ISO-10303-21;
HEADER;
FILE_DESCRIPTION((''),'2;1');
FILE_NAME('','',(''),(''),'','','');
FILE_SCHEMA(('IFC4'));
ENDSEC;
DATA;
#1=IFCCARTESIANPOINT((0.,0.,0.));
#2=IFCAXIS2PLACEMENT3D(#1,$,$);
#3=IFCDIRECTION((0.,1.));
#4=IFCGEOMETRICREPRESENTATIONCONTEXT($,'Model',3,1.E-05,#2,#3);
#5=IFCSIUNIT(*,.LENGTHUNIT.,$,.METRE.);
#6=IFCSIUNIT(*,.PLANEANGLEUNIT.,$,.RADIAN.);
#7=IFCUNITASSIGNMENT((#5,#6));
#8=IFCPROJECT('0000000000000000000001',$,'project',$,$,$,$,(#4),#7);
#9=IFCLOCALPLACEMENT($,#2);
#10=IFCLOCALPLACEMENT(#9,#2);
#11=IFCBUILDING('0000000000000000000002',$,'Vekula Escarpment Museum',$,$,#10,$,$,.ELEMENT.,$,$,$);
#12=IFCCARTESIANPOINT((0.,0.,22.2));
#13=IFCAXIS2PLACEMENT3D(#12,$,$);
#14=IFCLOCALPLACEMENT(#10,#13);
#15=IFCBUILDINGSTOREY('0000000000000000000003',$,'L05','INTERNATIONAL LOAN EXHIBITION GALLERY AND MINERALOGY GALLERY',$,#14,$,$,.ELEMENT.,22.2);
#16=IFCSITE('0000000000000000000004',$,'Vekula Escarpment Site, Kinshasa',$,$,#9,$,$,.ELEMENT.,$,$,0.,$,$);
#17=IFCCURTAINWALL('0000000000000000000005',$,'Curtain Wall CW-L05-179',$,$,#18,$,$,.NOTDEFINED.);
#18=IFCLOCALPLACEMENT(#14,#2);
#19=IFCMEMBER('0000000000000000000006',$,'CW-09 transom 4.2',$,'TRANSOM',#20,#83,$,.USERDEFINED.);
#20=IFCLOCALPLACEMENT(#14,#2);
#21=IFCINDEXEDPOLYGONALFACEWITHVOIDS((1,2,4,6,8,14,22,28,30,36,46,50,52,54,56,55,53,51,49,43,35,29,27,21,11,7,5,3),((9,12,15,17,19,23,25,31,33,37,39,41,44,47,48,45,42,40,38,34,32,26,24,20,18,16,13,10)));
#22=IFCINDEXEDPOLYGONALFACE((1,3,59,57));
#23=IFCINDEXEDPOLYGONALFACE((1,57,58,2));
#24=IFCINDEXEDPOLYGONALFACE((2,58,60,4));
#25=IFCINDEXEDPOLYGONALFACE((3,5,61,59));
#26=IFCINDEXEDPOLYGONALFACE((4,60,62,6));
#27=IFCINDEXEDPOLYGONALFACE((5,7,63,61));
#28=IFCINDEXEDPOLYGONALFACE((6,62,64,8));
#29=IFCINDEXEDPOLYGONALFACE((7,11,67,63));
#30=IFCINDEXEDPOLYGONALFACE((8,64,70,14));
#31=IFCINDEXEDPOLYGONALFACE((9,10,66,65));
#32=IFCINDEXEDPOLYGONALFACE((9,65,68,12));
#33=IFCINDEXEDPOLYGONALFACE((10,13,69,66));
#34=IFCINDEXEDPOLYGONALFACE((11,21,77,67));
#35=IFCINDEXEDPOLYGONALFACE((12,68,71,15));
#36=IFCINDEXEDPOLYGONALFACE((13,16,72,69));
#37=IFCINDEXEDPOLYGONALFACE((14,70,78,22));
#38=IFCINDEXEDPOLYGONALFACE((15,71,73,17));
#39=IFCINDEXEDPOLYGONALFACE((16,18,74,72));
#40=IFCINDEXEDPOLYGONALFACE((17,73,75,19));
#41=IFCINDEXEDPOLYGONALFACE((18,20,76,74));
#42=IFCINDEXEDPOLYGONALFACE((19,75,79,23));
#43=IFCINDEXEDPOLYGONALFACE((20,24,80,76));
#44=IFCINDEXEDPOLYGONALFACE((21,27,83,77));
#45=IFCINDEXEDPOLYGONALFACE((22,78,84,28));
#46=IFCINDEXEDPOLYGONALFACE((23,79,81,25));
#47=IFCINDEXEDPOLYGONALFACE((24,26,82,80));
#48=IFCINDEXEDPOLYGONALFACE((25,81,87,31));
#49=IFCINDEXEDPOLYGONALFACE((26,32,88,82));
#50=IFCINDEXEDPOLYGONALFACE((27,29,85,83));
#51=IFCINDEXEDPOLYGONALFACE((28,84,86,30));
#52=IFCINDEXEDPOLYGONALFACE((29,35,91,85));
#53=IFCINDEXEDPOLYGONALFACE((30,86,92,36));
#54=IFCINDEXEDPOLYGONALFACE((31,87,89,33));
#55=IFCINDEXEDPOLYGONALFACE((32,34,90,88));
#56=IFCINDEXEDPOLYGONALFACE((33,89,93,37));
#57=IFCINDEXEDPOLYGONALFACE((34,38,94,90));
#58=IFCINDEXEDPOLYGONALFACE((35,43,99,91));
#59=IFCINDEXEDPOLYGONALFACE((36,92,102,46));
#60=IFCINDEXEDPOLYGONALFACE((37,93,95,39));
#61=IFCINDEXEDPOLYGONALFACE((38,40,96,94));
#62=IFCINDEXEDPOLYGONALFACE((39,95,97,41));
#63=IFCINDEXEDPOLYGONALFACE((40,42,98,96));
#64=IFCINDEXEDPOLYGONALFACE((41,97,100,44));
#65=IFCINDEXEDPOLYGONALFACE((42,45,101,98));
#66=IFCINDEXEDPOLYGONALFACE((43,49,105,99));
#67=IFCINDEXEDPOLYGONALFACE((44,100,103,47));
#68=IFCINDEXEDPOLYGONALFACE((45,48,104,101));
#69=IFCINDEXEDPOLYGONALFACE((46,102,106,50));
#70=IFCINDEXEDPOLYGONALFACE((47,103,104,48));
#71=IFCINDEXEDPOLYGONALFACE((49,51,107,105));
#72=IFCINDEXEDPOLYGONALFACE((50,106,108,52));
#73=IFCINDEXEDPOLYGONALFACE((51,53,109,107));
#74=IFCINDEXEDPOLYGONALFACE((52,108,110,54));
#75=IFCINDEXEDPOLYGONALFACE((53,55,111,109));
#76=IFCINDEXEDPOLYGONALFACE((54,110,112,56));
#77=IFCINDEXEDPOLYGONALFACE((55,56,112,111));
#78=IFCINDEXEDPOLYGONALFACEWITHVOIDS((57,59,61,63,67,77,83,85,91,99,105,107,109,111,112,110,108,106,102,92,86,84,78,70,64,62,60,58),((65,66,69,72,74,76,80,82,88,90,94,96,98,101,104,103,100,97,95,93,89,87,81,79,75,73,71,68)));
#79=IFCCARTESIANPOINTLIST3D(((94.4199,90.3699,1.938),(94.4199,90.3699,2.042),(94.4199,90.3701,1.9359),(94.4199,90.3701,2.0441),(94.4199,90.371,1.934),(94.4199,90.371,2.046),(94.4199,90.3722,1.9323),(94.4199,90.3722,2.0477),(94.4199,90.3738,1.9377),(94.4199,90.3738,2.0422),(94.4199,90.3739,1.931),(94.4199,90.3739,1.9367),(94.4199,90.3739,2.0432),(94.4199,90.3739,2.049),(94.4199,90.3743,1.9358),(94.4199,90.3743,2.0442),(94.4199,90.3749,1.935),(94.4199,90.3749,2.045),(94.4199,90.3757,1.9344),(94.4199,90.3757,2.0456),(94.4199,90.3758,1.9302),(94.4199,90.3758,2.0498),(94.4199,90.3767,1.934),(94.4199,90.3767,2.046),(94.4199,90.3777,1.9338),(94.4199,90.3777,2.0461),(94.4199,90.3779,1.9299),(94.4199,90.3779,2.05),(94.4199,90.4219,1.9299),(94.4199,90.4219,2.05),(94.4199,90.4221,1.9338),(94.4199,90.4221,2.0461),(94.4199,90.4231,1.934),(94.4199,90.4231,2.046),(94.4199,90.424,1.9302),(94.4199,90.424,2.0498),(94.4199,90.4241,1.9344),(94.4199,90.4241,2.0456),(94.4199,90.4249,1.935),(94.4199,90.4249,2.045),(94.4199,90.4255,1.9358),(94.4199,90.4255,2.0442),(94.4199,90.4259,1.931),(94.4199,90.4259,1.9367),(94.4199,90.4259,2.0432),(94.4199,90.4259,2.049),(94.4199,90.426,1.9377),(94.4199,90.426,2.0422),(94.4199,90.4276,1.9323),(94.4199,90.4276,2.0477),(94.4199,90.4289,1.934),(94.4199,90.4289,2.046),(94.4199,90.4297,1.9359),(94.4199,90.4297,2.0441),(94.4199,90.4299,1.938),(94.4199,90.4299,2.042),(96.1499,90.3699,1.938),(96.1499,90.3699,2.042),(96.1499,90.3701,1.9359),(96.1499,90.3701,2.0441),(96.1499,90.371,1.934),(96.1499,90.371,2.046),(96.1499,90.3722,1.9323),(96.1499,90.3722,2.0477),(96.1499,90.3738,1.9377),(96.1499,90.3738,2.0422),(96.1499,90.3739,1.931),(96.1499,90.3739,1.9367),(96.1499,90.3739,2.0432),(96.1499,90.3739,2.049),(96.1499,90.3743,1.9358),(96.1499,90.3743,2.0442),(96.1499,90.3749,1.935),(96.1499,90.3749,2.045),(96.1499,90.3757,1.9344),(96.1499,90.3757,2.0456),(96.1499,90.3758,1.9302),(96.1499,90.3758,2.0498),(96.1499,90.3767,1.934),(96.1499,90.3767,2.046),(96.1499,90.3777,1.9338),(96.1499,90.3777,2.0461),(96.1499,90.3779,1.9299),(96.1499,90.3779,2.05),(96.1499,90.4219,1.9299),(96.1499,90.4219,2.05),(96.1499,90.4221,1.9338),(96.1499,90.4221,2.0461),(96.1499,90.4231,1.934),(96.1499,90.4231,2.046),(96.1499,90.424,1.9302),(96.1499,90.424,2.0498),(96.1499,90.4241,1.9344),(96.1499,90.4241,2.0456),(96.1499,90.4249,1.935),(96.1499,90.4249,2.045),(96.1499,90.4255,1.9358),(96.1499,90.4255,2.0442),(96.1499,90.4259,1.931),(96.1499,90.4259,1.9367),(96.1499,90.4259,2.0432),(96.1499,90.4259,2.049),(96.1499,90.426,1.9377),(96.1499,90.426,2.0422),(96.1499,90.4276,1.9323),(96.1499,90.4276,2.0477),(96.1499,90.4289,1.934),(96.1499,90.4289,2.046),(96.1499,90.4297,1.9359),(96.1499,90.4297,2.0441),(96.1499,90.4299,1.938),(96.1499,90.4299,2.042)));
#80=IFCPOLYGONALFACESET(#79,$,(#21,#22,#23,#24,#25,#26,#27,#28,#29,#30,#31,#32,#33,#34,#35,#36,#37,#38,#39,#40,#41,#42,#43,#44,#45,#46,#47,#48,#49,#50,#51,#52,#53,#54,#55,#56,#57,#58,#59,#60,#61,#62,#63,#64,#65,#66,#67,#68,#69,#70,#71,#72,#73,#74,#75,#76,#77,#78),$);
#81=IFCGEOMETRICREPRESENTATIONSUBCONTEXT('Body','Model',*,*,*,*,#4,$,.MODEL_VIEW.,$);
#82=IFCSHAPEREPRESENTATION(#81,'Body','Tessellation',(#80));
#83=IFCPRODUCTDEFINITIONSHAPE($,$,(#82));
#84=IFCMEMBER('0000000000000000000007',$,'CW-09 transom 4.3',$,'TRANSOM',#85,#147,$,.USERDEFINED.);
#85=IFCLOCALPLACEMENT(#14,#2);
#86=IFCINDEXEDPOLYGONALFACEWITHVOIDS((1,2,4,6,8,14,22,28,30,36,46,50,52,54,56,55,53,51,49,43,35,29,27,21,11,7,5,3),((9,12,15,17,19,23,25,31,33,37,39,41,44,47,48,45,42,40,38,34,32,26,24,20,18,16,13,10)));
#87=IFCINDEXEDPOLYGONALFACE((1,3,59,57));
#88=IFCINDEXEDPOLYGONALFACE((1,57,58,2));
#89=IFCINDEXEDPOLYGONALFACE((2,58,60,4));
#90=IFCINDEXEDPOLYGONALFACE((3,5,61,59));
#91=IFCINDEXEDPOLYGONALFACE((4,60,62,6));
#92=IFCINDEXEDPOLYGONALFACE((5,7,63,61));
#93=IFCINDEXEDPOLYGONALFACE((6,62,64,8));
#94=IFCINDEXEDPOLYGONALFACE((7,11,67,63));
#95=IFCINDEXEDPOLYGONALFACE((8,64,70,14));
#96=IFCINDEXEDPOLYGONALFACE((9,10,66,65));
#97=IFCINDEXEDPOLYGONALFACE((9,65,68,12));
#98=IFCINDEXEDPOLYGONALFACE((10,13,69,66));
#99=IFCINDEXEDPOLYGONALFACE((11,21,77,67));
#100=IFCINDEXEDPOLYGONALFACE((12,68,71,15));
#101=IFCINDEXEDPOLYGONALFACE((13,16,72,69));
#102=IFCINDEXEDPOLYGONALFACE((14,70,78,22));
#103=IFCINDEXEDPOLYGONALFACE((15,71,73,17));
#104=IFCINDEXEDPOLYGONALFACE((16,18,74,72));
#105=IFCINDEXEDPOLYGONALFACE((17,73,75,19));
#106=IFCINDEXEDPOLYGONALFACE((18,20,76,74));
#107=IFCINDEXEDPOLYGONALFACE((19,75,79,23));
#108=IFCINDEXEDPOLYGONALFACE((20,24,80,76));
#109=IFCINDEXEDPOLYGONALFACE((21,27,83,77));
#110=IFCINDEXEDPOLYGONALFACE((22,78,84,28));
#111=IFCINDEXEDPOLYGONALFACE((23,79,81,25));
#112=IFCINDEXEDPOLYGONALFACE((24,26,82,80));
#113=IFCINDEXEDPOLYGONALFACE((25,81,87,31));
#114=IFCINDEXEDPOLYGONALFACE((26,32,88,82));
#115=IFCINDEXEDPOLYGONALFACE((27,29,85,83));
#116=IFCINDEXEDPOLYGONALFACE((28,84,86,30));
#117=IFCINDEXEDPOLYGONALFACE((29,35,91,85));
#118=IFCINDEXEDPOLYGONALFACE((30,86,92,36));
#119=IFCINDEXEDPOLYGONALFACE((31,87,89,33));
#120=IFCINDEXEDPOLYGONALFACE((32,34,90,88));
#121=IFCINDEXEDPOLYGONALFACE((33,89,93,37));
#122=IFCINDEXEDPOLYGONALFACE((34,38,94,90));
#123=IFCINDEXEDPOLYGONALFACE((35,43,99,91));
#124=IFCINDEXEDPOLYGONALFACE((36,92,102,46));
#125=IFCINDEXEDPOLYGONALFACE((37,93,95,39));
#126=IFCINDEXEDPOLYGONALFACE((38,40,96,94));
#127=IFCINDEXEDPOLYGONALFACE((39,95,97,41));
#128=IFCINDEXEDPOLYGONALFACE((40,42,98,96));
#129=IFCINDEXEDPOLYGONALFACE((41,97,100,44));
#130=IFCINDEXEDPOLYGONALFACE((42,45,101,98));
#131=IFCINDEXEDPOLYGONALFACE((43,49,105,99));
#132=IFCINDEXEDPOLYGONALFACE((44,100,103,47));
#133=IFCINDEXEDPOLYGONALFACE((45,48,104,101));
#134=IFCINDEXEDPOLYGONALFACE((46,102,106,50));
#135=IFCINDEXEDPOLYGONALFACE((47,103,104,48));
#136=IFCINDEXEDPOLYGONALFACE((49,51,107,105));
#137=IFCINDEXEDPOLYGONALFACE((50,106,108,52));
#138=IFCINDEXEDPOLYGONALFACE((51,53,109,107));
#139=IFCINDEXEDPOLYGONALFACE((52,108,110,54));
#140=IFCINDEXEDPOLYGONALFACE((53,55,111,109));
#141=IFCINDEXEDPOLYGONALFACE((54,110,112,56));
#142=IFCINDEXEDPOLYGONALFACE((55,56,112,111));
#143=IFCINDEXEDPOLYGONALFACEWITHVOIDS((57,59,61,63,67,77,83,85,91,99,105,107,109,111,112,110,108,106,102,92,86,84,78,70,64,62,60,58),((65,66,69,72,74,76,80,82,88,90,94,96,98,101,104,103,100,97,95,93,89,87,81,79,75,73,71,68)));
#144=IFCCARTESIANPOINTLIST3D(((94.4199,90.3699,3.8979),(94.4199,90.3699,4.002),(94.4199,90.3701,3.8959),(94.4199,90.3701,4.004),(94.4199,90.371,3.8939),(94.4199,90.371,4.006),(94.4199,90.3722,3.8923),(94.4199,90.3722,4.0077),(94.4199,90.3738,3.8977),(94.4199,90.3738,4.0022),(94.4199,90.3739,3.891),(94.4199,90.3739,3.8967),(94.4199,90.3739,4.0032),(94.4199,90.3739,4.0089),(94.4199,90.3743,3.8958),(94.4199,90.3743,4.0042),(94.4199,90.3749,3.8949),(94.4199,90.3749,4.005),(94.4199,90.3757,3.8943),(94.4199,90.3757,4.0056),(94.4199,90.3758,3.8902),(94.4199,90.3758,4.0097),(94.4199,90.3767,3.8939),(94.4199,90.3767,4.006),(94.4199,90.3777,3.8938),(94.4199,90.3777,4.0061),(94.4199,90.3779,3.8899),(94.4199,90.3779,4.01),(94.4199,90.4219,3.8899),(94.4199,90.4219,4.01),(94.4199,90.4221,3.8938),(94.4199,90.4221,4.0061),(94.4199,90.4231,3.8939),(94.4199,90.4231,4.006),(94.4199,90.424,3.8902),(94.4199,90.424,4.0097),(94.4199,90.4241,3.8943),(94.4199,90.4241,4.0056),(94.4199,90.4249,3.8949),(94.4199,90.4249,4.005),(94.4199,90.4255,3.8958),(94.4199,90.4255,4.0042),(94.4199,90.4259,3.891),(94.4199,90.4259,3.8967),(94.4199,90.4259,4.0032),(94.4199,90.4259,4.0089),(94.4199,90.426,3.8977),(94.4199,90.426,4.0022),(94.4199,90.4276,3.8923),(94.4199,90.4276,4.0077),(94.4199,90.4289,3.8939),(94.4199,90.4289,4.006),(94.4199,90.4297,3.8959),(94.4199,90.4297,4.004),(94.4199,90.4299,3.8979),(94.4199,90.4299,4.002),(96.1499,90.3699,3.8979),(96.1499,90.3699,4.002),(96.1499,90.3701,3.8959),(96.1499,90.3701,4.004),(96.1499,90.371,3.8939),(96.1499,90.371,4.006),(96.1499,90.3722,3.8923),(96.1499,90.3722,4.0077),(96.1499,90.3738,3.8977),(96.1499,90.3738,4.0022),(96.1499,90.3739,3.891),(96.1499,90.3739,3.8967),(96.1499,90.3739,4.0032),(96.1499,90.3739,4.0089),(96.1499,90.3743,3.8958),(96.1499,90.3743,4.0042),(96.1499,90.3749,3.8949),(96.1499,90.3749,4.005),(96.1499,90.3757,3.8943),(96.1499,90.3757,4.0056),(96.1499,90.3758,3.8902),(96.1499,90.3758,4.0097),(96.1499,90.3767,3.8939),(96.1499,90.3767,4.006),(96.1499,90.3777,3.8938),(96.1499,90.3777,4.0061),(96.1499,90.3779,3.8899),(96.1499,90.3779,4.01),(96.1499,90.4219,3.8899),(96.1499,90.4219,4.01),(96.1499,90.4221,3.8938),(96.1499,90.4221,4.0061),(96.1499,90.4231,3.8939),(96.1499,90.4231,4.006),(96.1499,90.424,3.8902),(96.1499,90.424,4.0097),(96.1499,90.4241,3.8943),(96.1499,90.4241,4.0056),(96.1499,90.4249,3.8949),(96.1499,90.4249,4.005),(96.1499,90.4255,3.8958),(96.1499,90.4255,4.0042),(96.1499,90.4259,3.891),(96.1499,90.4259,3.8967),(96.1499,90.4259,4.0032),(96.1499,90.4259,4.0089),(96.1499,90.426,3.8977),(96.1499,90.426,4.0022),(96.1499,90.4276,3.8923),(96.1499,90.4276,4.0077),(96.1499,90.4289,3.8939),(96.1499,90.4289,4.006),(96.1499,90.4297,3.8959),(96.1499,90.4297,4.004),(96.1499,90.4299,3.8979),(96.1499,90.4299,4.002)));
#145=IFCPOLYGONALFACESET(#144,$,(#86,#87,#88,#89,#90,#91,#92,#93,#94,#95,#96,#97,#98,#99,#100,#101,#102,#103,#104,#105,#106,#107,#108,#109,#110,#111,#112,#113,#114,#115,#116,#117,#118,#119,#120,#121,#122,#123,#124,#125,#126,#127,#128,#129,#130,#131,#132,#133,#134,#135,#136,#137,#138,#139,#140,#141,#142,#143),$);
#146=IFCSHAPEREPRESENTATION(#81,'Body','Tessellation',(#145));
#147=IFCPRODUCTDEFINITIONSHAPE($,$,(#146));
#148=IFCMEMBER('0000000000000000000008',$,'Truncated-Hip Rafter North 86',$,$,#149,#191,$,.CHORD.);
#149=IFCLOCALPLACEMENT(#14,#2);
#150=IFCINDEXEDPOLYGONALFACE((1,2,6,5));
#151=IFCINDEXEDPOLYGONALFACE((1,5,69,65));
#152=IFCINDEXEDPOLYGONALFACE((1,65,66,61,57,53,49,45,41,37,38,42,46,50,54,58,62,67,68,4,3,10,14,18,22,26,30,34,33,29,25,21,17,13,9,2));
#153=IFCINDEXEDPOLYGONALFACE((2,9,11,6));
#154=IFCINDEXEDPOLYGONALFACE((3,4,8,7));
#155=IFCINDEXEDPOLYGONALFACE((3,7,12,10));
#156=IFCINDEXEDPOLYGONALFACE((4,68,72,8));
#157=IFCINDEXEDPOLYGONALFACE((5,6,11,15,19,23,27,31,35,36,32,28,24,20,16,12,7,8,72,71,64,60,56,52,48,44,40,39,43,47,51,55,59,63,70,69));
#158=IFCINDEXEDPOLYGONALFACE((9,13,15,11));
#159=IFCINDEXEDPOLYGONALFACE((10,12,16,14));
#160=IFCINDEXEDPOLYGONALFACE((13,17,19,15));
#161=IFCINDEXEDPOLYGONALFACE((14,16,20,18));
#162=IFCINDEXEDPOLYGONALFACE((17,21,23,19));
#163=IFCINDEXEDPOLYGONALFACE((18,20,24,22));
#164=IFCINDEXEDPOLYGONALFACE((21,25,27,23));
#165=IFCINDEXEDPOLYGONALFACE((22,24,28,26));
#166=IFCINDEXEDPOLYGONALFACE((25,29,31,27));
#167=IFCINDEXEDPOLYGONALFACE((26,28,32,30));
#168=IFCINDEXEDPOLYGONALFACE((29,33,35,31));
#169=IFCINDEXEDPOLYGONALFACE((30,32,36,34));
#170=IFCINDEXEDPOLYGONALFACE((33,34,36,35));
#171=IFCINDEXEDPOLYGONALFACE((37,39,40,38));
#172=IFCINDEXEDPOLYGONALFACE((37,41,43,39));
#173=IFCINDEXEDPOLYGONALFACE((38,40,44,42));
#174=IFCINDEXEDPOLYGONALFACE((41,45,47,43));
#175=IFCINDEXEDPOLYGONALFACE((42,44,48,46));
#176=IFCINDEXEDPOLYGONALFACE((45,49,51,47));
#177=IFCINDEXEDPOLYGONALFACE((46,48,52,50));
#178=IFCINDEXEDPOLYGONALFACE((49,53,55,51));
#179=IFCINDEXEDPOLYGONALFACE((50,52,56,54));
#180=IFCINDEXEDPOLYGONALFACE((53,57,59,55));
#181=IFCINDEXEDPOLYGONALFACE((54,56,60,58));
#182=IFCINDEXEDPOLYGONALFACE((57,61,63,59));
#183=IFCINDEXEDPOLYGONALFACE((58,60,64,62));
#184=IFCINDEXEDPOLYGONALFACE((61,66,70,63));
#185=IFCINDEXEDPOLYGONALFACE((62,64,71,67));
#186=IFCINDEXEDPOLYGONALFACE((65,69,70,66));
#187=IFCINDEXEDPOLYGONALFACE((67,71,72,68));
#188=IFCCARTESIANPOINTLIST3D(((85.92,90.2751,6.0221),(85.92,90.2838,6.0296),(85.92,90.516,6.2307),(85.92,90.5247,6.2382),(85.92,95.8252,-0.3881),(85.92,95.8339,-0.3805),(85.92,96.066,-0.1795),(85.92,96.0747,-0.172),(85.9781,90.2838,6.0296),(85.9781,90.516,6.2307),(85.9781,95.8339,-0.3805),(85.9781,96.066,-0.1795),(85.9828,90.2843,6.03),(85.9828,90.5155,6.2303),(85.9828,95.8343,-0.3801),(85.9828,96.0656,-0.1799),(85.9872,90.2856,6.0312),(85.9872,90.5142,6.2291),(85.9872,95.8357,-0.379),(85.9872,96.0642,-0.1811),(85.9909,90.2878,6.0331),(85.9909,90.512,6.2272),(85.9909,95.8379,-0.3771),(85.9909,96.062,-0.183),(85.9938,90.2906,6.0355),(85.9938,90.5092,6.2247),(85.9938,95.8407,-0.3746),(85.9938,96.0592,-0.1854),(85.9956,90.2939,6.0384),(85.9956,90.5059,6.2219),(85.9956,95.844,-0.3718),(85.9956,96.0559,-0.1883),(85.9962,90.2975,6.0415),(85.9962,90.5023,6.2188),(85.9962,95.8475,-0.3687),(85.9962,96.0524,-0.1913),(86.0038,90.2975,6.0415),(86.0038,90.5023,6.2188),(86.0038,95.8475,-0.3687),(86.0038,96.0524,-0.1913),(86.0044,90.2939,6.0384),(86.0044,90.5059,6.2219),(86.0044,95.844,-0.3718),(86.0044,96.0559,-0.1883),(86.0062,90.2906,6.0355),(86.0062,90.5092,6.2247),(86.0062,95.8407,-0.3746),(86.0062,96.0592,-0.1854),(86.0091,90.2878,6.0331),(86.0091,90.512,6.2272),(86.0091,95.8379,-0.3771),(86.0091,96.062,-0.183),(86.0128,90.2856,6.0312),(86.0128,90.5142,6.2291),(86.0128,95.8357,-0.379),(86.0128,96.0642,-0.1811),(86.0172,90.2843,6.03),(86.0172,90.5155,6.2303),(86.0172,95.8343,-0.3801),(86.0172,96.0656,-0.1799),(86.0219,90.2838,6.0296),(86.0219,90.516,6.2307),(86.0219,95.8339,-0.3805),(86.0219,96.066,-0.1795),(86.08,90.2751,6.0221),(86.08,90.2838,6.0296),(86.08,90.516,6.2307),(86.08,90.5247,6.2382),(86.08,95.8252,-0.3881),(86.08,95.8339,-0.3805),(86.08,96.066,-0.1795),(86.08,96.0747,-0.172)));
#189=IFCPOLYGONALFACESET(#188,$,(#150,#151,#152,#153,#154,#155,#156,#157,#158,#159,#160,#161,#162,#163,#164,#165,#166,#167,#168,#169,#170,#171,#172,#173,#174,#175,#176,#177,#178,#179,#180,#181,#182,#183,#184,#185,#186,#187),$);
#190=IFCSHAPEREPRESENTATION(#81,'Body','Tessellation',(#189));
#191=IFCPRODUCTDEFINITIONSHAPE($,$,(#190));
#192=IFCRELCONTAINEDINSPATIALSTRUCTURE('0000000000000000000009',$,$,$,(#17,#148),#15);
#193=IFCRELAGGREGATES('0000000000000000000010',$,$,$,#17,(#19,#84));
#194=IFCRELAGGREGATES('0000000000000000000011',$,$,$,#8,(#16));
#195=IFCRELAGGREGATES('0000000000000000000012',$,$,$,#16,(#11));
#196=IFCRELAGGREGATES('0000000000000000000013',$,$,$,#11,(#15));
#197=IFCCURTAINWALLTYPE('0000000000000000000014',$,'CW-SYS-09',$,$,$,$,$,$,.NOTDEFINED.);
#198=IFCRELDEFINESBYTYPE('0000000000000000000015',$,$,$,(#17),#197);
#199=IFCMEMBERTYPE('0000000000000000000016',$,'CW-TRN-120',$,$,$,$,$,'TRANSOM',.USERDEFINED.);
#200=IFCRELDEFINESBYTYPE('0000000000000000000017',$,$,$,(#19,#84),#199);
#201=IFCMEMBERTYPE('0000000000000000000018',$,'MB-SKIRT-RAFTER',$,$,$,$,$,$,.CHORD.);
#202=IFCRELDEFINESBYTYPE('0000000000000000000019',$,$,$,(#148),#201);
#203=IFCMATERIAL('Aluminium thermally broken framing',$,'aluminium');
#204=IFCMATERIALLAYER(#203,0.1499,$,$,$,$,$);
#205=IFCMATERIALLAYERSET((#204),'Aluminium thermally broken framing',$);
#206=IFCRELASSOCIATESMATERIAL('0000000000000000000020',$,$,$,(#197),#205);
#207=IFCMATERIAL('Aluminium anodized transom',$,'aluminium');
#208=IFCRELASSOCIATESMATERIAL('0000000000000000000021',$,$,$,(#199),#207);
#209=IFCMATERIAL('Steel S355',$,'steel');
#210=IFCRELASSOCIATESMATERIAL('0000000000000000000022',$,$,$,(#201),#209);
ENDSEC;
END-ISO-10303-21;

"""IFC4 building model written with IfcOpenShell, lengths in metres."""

from ifc_helpers import new_model, si_unit, direction, frame, origin, origin_2d, place, context, subcontext, project, spatial, hollow_rectangle, i_section, extrude, material, layer, layer_set, material_profile, profile_set, type_object, element, aggregate, save


model = new_model("IFC4")

# Units and contexts
model_context = context("Model", 3, precision=1e-05, world=origin(), true_north=direction((0.0, 1.0)))
body_context = subcontext(model_context, "Body", "Model", "MODEL_VIEW")
ifc_project = project(units=[si_unit("LENGTHUNIT", "METRE"), si_unit("PLANEANGLEUNIT", "RADIAN")], contexts=[model_context])

# Site, building, storey
site_placement = place(None, origin())
site = spatial("IfcSite", under=ifc_project, at=site_placement, Name="Vekula Escarpment Site, Kinshasa", CompositionType="ELEMENT", RefElevation=0.0)
building_placement = place(site_placement, origin())
building = spatial("IfcBuilding", under=site, at=building_placement, Name="Vekula Escarpment Museum", CompositionType="ELEMENT")
storey_placement = place(building_placement, frame((0.0, 0.0, 22.2)))
storey = spatial("IfcBuildingStorey", under=building, at=storey_placement, Name="L05", Description="INTERNATIONAL LOAN EXHIBITION GALLERY AND MINERALOGY GALLERY", CompositionType="ELEMENT", Elevation=22.2)

# Curtain wall
ifc_material_1 = material(Name="Aluminium thermally broken framing", Category="aluminium")
ifc_layer_1 = layer(ifc_material_1, 0.1499)
ifc_layer_set_1 = layer_set([ifc_layer_1], Name="Aluminium thermally broken framing")
curtain_wall_type_1 = type_object("IfcCurtainWallType", Name="CW-SYS-09", PredefinedType="NOTDEFINED", material=ifc_layer_set_1)
curtain_wall_1_placement = place(storey_placement, origin())
curtain_wall_1 = element("IfcCurtainWall", 1, at=curtain_wall_1_placement, inside=storey, type_object=curtain_wall_type_1, Name="Curtain Wall CW-L05-179", PredefinedType="NOTDEFINED")

# Members
ifc_material_2 = material(Name="Aluminium anodized transom", Category="aluminium")
ifc_material_profile_1 = material_profile(ifc_material_2, hollow_rectangle(XDim=0.0601, YDim=0.1201, WallThickness=0.0039, InnerFilletRadius=0.0039, OuterFilletRadius=0.0081, at=origin_2d()), Name="ALU 120x60x4")
ifc_profile_set_1 = profile_set([ifc_material_profile_1], Name="Aluminium anodized transom")
member_type_1 = type_object("IfcMemberType", Name="CW-TRN-120", ElementType="TRANSOM", PredefinedType="USERDEFINED", material=ifc_profile_set_1)
member_1_placement = place(storey_placement, frame((96.1499, 90.3999, 1.99), z_axis=(-1.0, 0.0, 0.0), x_axis=(0.0, -1.0, 0.0)))
member_1 = element("IfcMember", 2, at=member_1_placement, type_object=member_type_1, Name="CW-09 transom 4.2", ObjectType="TRANSOM", PredefinedType="USERDEFINED", context=body_context, shape_type="SweptSolid", body=[
    extrude(hollow_rectangle(XDim=0.0601, YDim=0.1201, WallThickness=0.0039, InnerFilletRadius=0.0039, OuterFilletRadius=0.0081, at=origin_2d()), origin(), (0.0, 0.0, 1.0), 1.73),
])
member_2_placement = place(storey_placement, frame((96.1499, 90.3999, 3.95), z_axis=(-1.0, 0.0, 0.0), x_axis=(0.0, -1.0, 0.0)))
member_2 = element("IfcMember", 3, at=member_2_placement, type_object=member_type_1, Name="CW-09 transom 4.3", ObjectType="TRANSOM", PredefinedType="USERDEFINED", context=body_context, shape_type="SweptSolid", body=[
    extrude(hollow_rectangle(XDim=0.0601, YDim=0.1201, WallThickness=0.0039, InnerFilletRadius=0.0039, OuterFilletRadius=0.0081, at=origin_2d()), origin(), (0.0, 0.0, 1.0), 1.73),
])

# Member
ifc_material_3 = material(Name="Steel S355", Category="steel")
ifc_material_profile_2 = material_profile(ifc_material_3, i_section(OverallWidth=0.1599, OverallDepth=0.3301, WebThickness=0.0076, FlangeThickness=0.0115, FilletRadius=0.0181, at=origin_2d()), Name="IPE 330")
ifc_profile_set_2 = profile_set([ifc_material_profile_2], Name="Steel S355")
member_type_2 = type_object("IfcMemberType", Name="MB-SKIRT-RAFTER", PredefinedType="CHORD", material=ifc_profile_set_2)
member_3_placement = place(storey_placement, frame((86.0, 95.95, -0.28), z_axis=(0.0, -0.654565, 0.756005), x_axis=(1.0, 0.0, 0.0)))
element("IfcMember", 4, at=member_3_placement, inside=storey, type_object=member_type_2, Name="Truncated-Hip Rafter North 86", PredefinedType="CHORD", context=body_context, shape_type="SweptSolid", body=[
    extrude(i_section(OverallWidth=0.1599, OverallDepth=0.3301, WebThickness=0.0076, FlangeThickness=0.0115, FilletRadius=0.0181, at=origin_2d()), origin(), (0.0, 0.0, 1.0), 8.479),
])

aggregate(curtain_wall_1, [member_1, member_2])

save(model, "model.ifc")
